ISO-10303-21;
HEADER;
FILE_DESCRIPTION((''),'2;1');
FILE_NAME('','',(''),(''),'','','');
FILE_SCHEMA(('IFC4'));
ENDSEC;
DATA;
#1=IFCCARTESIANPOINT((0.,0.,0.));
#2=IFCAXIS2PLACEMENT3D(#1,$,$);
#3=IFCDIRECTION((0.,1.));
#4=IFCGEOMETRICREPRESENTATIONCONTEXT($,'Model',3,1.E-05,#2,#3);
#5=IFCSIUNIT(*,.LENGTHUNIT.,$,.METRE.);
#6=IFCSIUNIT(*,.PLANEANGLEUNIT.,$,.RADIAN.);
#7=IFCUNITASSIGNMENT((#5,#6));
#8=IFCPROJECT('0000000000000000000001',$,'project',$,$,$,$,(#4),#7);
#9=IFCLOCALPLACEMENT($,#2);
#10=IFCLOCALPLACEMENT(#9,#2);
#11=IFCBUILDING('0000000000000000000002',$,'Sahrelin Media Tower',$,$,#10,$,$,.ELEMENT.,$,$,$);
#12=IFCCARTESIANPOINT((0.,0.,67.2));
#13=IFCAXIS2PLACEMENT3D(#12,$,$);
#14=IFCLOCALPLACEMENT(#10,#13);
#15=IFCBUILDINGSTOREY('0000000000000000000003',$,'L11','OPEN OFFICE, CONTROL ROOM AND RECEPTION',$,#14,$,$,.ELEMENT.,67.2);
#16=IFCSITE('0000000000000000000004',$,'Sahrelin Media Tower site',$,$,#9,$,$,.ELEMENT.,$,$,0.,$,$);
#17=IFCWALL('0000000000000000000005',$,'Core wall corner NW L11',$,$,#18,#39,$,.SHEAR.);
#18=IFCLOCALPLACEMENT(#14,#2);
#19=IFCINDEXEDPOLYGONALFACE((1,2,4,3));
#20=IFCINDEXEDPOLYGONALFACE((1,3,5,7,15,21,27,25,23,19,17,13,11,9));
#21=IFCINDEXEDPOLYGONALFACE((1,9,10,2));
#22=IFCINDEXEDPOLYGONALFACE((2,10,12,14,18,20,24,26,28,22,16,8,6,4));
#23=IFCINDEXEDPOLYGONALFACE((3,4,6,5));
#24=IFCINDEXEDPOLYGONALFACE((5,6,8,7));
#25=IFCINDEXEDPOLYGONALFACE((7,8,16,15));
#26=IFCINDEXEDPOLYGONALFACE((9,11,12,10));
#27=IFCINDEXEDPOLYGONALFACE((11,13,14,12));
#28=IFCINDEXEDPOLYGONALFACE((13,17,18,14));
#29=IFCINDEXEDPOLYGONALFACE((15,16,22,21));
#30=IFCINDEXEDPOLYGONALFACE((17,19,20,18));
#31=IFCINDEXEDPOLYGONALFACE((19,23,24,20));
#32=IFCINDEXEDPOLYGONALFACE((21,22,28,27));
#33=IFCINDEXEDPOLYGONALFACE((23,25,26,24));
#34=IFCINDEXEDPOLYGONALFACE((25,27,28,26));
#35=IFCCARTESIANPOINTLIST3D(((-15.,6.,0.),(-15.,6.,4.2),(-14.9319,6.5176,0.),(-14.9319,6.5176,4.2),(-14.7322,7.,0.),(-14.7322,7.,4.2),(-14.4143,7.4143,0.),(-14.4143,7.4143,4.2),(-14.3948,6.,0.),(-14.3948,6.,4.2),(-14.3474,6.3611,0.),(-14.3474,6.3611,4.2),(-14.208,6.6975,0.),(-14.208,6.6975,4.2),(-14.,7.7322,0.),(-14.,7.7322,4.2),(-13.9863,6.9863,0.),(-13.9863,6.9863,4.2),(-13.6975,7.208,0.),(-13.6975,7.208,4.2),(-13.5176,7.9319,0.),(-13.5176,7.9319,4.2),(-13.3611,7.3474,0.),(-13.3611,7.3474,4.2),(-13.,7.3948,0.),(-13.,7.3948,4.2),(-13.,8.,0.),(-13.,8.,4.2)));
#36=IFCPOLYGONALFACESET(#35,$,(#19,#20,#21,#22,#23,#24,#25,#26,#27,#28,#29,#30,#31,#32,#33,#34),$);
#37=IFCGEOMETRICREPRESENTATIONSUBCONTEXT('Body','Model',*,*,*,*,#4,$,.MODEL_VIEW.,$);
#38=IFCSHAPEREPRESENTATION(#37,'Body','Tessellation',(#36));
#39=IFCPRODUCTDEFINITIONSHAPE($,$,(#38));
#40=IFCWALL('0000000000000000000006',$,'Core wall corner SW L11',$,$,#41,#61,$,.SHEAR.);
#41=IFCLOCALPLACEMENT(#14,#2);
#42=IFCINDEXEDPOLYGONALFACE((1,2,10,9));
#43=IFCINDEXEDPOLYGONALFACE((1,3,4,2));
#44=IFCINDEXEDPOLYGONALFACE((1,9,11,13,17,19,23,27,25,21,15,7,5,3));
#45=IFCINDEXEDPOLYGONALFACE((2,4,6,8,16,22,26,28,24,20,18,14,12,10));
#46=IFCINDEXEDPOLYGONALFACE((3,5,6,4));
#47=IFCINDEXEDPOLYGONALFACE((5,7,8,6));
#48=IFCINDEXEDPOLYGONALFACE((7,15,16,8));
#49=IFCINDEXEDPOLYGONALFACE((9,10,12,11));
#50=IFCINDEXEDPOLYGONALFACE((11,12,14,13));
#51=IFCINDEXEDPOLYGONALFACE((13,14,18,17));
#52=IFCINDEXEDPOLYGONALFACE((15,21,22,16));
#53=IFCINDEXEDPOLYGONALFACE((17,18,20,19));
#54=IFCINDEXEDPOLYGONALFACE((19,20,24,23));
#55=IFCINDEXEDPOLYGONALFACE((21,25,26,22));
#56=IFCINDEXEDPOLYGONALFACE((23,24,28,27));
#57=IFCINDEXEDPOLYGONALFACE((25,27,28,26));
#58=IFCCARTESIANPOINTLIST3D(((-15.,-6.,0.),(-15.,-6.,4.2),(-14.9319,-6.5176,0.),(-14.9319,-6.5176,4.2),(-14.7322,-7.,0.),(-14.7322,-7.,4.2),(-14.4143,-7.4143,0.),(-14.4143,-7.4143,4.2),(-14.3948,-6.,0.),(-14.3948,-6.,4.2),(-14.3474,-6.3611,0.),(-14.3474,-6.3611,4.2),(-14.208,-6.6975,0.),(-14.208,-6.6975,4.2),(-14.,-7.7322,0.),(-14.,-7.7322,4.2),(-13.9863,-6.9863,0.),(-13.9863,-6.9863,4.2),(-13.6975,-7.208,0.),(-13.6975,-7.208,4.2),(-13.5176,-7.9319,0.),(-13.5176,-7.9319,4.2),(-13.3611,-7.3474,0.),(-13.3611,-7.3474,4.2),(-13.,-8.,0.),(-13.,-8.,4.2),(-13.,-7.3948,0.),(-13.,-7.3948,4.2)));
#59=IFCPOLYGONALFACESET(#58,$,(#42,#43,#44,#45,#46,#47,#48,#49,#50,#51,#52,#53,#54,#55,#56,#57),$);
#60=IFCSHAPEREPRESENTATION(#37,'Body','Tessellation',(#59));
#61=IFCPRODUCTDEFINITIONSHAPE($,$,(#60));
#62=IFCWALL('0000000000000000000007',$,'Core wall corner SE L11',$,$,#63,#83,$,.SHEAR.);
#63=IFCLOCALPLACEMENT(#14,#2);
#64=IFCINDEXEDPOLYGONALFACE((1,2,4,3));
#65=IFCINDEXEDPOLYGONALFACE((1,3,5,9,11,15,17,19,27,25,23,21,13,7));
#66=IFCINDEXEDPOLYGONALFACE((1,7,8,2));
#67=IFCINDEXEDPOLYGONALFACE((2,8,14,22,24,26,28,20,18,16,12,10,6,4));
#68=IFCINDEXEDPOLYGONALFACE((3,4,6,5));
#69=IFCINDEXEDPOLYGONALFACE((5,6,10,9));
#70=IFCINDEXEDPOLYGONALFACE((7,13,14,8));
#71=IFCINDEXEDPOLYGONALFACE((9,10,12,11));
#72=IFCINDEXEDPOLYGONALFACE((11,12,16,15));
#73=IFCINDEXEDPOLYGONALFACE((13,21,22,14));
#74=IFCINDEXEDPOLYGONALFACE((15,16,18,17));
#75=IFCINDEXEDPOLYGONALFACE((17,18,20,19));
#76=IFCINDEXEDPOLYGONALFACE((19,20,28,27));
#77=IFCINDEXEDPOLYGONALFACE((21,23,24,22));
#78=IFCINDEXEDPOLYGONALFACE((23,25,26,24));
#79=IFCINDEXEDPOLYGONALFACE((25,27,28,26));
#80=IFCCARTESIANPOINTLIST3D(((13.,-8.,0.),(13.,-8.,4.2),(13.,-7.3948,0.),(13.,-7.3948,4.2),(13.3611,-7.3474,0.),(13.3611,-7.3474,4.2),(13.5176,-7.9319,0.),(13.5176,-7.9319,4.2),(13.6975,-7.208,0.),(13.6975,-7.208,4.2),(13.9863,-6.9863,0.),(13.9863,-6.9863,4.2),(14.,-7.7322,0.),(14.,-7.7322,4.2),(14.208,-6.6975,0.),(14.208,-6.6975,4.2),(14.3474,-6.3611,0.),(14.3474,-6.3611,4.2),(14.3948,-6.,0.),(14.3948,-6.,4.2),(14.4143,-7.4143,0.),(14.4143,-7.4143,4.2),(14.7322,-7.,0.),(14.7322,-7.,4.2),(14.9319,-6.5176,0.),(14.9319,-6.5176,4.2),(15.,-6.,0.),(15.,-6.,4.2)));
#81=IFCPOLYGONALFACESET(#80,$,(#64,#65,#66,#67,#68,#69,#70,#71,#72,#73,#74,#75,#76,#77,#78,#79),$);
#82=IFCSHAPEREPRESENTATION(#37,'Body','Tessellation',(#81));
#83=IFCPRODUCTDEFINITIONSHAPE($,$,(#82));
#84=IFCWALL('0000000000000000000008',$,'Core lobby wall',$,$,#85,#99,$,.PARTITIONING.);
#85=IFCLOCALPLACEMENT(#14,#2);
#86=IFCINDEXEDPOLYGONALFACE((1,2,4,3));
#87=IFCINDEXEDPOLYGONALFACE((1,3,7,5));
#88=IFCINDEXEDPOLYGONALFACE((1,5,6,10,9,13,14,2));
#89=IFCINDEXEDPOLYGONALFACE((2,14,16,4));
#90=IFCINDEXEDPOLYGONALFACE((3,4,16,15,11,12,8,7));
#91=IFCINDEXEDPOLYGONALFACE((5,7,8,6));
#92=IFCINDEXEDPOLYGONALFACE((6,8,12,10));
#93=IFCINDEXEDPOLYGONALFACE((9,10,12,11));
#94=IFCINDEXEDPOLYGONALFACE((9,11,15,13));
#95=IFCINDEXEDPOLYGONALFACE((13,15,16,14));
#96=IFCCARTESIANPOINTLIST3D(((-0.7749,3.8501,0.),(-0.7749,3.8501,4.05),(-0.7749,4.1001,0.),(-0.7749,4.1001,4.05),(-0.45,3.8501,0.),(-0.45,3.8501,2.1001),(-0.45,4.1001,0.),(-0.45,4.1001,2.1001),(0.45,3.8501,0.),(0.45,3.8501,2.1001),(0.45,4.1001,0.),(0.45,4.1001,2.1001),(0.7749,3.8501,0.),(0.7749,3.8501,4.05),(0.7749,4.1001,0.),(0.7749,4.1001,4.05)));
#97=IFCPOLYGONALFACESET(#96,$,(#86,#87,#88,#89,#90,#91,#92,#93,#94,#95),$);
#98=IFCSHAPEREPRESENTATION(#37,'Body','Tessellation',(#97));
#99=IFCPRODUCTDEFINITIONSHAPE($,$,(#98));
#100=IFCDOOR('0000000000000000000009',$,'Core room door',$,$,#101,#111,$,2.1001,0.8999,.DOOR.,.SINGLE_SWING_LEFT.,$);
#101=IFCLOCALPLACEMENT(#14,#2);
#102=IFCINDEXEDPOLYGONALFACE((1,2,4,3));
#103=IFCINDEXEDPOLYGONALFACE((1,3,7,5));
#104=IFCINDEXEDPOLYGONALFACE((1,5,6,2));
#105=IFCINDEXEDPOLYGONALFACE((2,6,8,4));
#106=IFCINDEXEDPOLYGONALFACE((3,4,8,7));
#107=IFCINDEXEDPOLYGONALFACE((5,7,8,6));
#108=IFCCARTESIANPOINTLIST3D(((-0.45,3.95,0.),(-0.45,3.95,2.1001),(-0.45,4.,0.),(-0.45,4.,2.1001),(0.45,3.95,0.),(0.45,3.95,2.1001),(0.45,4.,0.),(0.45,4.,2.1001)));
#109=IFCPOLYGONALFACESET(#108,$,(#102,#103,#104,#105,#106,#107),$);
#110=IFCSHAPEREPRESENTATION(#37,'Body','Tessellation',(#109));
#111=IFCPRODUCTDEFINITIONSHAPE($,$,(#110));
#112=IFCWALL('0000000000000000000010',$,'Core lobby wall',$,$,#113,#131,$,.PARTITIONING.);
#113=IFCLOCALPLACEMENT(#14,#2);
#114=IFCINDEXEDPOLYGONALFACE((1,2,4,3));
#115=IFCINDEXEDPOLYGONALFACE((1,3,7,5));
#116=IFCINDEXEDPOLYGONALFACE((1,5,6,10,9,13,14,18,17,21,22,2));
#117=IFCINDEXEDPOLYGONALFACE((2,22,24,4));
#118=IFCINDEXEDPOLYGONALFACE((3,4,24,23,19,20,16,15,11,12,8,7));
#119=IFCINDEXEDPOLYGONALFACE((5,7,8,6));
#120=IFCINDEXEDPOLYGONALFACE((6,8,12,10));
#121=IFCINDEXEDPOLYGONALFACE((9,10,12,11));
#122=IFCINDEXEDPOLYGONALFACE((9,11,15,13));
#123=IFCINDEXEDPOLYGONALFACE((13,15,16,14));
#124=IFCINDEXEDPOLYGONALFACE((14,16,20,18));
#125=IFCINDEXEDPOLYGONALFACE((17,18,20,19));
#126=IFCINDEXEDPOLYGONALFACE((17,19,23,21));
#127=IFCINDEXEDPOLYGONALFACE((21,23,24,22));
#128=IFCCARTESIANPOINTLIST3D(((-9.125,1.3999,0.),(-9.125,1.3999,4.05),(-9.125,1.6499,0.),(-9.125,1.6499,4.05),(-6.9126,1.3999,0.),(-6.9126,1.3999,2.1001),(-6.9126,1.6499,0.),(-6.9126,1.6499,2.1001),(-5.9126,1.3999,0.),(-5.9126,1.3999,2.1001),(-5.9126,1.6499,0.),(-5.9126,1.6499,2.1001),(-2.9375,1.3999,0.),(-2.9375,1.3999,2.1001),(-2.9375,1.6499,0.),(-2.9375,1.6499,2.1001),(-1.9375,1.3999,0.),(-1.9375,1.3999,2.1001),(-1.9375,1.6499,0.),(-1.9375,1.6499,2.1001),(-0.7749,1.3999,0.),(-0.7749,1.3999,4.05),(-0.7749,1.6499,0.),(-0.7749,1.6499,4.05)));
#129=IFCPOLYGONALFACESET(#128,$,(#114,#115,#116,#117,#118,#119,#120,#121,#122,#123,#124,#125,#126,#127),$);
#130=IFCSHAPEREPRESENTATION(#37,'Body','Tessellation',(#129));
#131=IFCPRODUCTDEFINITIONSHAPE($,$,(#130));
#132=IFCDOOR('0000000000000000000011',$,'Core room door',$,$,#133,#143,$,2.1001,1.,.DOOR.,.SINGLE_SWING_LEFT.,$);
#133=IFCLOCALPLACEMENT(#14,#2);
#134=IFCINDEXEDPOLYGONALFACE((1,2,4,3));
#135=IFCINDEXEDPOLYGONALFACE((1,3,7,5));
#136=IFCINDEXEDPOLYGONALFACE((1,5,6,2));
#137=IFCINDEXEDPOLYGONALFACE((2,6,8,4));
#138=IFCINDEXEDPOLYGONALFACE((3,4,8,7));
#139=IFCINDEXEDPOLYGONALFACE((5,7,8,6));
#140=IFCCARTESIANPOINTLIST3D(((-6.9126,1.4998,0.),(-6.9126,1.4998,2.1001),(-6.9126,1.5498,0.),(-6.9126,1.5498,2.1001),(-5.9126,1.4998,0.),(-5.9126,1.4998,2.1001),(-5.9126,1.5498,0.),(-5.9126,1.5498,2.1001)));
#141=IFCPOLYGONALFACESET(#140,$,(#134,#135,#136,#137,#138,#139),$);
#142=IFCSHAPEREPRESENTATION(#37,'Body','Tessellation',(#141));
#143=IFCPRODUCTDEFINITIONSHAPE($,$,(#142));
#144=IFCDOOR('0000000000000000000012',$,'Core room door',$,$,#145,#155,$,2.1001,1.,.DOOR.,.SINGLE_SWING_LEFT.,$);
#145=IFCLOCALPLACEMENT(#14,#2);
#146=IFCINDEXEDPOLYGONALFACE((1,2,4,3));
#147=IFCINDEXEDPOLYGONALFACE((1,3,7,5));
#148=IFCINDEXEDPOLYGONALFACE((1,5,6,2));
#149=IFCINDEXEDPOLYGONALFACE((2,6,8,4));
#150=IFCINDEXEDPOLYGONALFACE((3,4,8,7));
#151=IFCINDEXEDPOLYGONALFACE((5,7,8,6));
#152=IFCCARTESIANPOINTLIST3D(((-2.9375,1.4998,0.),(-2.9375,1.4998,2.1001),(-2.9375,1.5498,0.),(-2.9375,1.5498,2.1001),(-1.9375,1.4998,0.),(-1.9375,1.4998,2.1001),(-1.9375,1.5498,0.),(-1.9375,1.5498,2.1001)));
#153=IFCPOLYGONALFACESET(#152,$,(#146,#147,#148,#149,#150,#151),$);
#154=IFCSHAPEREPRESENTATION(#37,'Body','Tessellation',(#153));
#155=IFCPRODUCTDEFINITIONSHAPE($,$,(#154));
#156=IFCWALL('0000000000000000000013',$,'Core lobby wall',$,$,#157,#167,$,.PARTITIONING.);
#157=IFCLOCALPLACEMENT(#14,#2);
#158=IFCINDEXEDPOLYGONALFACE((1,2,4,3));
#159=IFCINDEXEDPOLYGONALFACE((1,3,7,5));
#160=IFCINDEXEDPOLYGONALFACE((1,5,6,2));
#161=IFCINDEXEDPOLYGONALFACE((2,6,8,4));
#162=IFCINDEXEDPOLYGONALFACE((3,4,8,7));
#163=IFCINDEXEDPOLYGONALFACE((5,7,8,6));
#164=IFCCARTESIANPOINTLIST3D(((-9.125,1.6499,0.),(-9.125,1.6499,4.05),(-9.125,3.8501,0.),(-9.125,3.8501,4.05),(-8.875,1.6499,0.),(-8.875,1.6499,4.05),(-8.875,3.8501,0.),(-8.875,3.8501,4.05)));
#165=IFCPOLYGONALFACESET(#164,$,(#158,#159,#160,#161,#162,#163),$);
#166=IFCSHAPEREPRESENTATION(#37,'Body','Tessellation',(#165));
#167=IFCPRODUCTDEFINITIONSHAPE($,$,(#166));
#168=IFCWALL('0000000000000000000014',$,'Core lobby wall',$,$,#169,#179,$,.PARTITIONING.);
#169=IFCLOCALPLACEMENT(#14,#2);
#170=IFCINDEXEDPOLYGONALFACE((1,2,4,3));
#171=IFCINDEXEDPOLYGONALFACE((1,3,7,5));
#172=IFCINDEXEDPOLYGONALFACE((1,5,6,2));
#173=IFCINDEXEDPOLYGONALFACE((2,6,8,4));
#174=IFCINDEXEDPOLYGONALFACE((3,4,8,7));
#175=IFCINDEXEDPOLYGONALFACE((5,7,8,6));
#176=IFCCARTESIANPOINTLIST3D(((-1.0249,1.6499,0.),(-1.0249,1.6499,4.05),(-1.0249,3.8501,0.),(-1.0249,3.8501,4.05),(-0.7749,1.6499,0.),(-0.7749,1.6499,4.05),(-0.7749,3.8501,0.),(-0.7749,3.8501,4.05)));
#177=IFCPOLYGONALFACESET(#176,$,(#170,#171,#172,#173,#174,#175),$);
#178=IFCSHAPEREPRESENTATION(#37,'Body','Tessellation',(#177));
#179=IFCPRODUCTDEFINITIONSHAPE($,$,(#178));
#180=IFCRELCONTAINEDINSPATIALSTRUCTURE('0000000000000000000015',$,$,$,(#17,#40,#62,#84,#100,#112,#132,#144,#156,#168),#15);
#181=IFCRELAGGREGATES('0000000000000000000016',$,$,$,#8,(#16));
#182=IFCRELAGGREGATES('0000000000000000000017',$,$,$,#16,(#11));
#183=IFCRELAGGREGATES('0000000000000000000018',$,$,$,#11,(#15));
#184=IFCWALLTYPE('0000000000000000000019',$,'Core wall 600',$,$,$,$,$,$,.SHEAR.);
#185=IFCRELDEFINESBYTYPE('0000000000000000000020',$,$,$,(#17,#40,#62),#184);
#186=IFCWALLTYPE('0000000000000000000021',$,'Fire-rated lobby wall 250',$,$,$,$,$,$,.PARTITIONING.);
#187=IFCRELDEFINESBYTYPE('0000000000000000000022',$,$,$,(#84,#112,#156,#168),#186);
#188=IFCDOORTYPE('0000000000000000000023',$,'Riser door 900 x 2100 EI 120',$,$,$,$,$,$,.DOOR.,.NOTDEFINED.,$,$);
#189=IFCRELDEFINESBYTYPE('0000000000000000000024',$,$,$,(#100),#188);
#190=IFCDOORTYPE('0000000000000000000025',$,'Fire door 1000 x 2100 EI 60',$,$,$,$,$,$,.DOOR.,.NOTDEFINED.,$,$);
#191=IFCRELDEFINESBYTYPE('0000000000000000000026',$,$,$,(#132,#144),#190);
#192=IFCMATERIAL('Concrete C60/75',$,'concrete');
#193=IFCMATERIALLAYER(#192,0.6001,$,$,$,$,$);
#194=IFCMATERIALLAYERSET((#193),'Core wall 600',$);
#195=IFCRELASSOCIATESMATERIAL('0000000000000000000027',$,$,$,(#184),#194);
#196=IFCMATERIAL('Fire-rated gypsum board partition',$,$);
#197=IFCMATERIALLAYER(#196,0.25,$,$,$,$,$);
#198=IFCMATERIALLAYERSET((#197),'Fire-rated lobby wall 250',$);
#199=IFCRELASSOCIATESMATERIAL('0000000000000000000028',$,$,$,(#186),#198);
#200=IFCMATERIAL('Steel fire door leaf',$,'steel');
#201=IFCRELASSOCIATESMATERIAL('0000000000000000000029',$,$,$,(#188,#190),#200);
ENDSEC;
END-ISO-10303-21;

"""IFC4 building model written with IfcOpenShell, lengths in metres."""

from ifc_helpers import new_model, si_unit, direction, frame, frame_2d, origin, place, context, subcontext, project, spatial, polyline, rectangle, outline, extrude, material, layer, layer_set, type_object, element, fill, save


model = new_model("IFC4")

# Units and contexts
model_context = context("Model", 3, precision=1e-05, world=origin(), true_north=direction((0.0, 1.0)))
body_context = subcontext(model_context, "Body", "Model", "MODEL_VIEW")
ifc_project = project(units=[si_unit("LENGTHUNIT", "METRE"), si_unit("PLANEANGLEUNIT", "RADIAN")], contexts=[model_context])

# Site, building, storey
site_placement = place(None, origin())
site = spatial("IfcSite", under=ifc_project, at=site_placement, Name="Sahrelin Media Tower site", CompositionType="ELEMENT", RefElevation=0.0)
building_placement = place(site_placement, origin())
building = spatial("IfcBuilding", under=site, at=building_placement, Name="Sahrelin Media Tower", CompositionType="ELEMENT")
storey_placement = place(building_placement, frame((0.0, 0.0, 67.2)))
storey = spatial("IfcBuildingStorey", under=building, at=storey_placement, Name="L11", Description="OPEN OFFICE, CONTROL ROOM AND RECEPTION", CompositionType="ELEMENT", Elevation=67.2)

# Walls
ifc_material_1 = material(Name="Concrete C60/75", Category="concrete")
ifc_layer_1 = layer(ifc_material_1, 0.6001)
ifc_layer_set_1 = layer_set([ifc_layer_1], Name="Core wall 600")
wall_type_1 = type_object("IfcWallType", Name="Core wall 600", PredefinedType="SHEAR", material=ifc_layer_set_1)
placement = place(storey_placement, origin())
element("IfcWall", 1, at=placement, inside=storey, type_object=wall_type_1, Name="Core wall corner NW L11", PredefinedType="SHEAR", context=body_context, shape_type="SweptSolid", body=[
    extrude(outline(polyline([(-15.0, 6.0), (-14.3948, 6.0), (-14.3474, 6.3611), (-14.208, 6.6975), (-13.9863, 6.9863), (-13.6975, 7.208), (-13.3611, 7.3474), (-13.0, 7.3948), (-13.0, 8.0), (-13.5176, 7.9319), (-14.0, 7.7322), (-14.4143, 7.4143), (-14.7322, 7.0), (-14.9319, 6.5176), (-15.0, 6.0)])), origin(), (0.0, 0.0, 1.0), 4.2),
])
element("IfcWall", 2, at=placement, inside=storey, type_object=wall_type_1, Name="Core wall corner SW L11", PredefinedType="SHEAR", context=body_context, shape_type="SweptSolid", body=[
    extrude(outline(polyline([(-13.0, -8.0), (-13.0, -7.3948), (-13.3611, -7.3474), (-13.6975, -7.208), (-13.9863, -6.9863), (-14.208, -6.6975), (-14.3474, -6.3611), (-14.3948, -6.0), (-15.0, -6.0), (-14.9319, -6.5176), (-14.7322, -7.0), (-14.4143, -7.4143), (-14.0, -7.7322), (-13.5176, -7.9319), (-13.0, -8.0)])), origin(), (0.0, 0.0, 1.0), 4.2),
])
element("IfcWall", 3, at=placement, inside=storey, type_object=wall_type_1, Name="Core wall corner SE L11", PredefinedType="SHEAR", context=body_context, shape_type="SweptSolid", body=[
    extrude(outline(polyline([(15.0, -6.0), (14.3948, -6.0), (14.3474, -6.3611), (14.208, -6.6975), (13.9863, -6.9863), (13.6975, -7.208), (13.3611, -7.3474), (13.0, -7.3948), (13.0, -8.0), (13.5176, -7.9319), (14.0, -7.7322), (14.4143, -7.4143), (14.7322, -7.0), (14.9319, -6.5176), (15.0, -6.0)])), origin(), (0.0, 0.0, 1.0), 4.2),
])

# Wall, opening, door
ifc_material_2 = material(Name="Fire-rated gypsum board partition")
ifc_layer_2 = layer(ifc_material_2, 0.25)
ifc_layer_set_2 = layer_set([ifc_layer_2], Name="Fire-rated lobby wall 250")
wall_type_2 = type_object("IfcWallType", Name="Fire-rated lobby wall 250", PredefinedType="PARTITIONING", material=ifc_layer_set_2)
wall_1_placement = place(storey_placement, frame((-0.7749, 3.9751, 0.0), z_axis=(0.0, 0.0, 1.0), x_axis=(1.0, 0.0, 0.0)))
wall_1 = element("IfcWall", 4, at=wall_1_placement, inside=storey, type_object=wall_type_2, Name="Core lobby wall", PredefinedType="PARTITIONING", context=body_context, shape_type="SweptSolid", body=[
    extrude(rectangle(XDim=1.5498, YDim=0.25, at=frame_2d((0.7749, 0.0))), origin(), (0.0, 0.0, 1.0), 4.05),
])
opening_1_placement = place(wall_1_placement, frame((0.325, 0.0, 0.0)))
opening_1 = element("IfcOpeningElement", 5, at=opening_1_placement, cuts=wall_1, PredefinedType="OPENING", context=body_context, shape_type="SweptSolid", body=[
    extrude(rectangle(XDim=0.8999, YDim=2.1001, at=frame_2d((0.45, 1.05))), frame((0.0, 0.125, 0.0), z_axis=(0.0, -1.0, 0.0), x_axis=(1.0, 0.0, 0.0)), (0.0, 0.0, 1.0), 0.25),
])
ifc_material_3 = material(Name="Steel fire door leaf", Category="steel")
door_type_1 = type_object("IfcDoorType", Name="Riser door 900 x 2100 EI 120", OperationType="NOTDEFINED", PredefinedType="DOOR", material=ifc_material_3)
door_1_placement = place(opening_1_placement, origin())
door_1 = element("IfcDoor", 6, at=door_1_placement, inside=storey, type_object=door_type_1, Name="Core room door", OperationType="SINGLE_SWING_LEFT", OverallHeight=2.1001, OverallWidth=0.8999, PredefinedType="DOOR", context=body_context, shape_type="SweptSolid", body=[
    extrude(rectangle(XDim=0.8999, YDim=2.1001, at=frame_2d((0.45, 1.05))), frame((0.0, 0.0249, 0.0), z_axis=(0.0, -1.0, 0.0), x_axis=(1.0, 0.0, 0.0)), (0.0, 0.0, 1.0), 0.05),
])
fill(opening_1, door_1)

# Wall, openings, doors
wall_2_placement = place(storey_placement, frame((-9.125, 1.5249, 0.0), z_axis=(0.0, 0.0, 1.0), x_axis=(1.0, 0.0, 0.0)))
wall_2 = element("IfcWall", 7, at=wall_2_placement, inside=storey, type_object=wall_type_2, Name="Core lobby wall", PredefinedType="PARTITIONING", context=body_context, shape_type="SweptSolid", body=[
    extrude(rectangle(XDim=8.3501, YDim=0.25, at=frame_2d((4.175, 0.0))), origin(), (0.0, 0.0, 1.0), 4.05),
])
opening_2_placement = place(wall_2_placement, frame((2.2124, 0.0, 0.0)))
opening_2 = element("IfcOpeningElement", 8, at=opening_2_placement, cuts=wall_2, PredefinedType="OPENING", context=body_context, shape_type="SweptSolid", body=[
    extrude(rectangle(XDim=1.0, YDim=2.1001, at=frame_2d((0.5, 1.05))), frame((0.0, 0.125, 0.0), z_axis=(0.0, -1.0, 0.0), x_axis=(1.0, 0.0, 0.0)), (0.0, 0.0, 1.0), 0.25),
])
opening_3_placement = place(wall_2_placement, frame((6.1875, 0.0, 0.0)))
opening_3 = element("IfcOpeningElement", 9, at=opening_3_placement, cuts=wall_2, PredefinedType="OPENING", context=body_context, shape_type="SweptSolid", body=[
    extrude(rectangle(XDim=1.0, YDim=2.1001, at=frame_2d((0.5, 1.05))), frame((0.0, 0.125, 0.0), z_axis=(0.0, -1.0, 0.0), x_axis=(1.0, 0.0, 0.0)), (0.0, 0.0, 1.0), 0.25),
])
door_type_2 = type_object("IfcDoorType", Name="Fire door 1000 x 2100 EI 60", OperationType="NOTDEFINED", PredefinedType="DOOR", material=ifc_material_3)
door_2_placement = place(opening_2_placement, origin())
door_2 = element("IfcDoor", 10, at=door_2_placement, inside=storey, type_object=door_type_2, Name="Core room door", OperationType="SINGLE_SWING_LEFT", OverallHeight=2.1001, OverallWidth=1.0, PredefinedType="DOOR", context=body_context, shape_type="SweptSolid", body=[
    extrude(rectangle(XDim=1.0, YDim=2.1001, at=frame_2d((0.5, 1.05))), frame((0.0, 0.0249, 0.0), z_axis=(0.0, -1.0, 0.0), x_axis=(1.0, 0.0, 0.0)), (0.0, 0.0, 1.0), 0.05),
])
fill(opening_2, door_2)
door_3_placement = place(opening_3_placement, origin())
door_3 = element("IfcDoor", 11, at=door_3_placement, inside=storey, type_object=door_type_2, Name="Core room door", OperationType="SINGLE_SWING_LEFT", OverallHeight=2.1001, OverallWidth=1.0, PredefinedType="DOOR", context=body_context, shape_type="SweptSolid", body=[
    extrude(rectangle(XDim=1.0, YDim=2.1001, at=frame_2d((0.5, 1.05))), frame((0.0, 0.0249, 0.0), z_axis=(0.0, -1.0, 0.0), x_axis=(1.0, 0.0, 0.0)), (0.0, 0.0, 1.0), 0.05),
])
fill(opening_3, door_3)

# Walls
for number, where, z_axis, x_axis, name in (
    (12, (-9.0, 1.6499, 0.0), (0.0, 0.0, 1.0), (0.0, 1.0, 0.0), "Core lobby wall"),
    (13, (-0.8999, 1.6499, 0.0), (0.0, 0.0, 1.0), (0.0, 1.0, 0.0), "Core lobby wall"),
):
    element("IfcWall", number, at=place(storey_placement, frame(where, z_axis=z_axis, x_axis=x_axis)), inside=storey, type_object=wall_type_2, Name=name, PredefinedType="PARTITIONING", context=body_context, shape_type="SweptSolid", body=[
        extrude(rectangle(XDim=2.2002, YDim=0.25, at=frame_2d((1.1001, 0.0))), origin(), (0.0, 0.0, 1.0), 4.05),
    ])

save(model, "model.ifc")
